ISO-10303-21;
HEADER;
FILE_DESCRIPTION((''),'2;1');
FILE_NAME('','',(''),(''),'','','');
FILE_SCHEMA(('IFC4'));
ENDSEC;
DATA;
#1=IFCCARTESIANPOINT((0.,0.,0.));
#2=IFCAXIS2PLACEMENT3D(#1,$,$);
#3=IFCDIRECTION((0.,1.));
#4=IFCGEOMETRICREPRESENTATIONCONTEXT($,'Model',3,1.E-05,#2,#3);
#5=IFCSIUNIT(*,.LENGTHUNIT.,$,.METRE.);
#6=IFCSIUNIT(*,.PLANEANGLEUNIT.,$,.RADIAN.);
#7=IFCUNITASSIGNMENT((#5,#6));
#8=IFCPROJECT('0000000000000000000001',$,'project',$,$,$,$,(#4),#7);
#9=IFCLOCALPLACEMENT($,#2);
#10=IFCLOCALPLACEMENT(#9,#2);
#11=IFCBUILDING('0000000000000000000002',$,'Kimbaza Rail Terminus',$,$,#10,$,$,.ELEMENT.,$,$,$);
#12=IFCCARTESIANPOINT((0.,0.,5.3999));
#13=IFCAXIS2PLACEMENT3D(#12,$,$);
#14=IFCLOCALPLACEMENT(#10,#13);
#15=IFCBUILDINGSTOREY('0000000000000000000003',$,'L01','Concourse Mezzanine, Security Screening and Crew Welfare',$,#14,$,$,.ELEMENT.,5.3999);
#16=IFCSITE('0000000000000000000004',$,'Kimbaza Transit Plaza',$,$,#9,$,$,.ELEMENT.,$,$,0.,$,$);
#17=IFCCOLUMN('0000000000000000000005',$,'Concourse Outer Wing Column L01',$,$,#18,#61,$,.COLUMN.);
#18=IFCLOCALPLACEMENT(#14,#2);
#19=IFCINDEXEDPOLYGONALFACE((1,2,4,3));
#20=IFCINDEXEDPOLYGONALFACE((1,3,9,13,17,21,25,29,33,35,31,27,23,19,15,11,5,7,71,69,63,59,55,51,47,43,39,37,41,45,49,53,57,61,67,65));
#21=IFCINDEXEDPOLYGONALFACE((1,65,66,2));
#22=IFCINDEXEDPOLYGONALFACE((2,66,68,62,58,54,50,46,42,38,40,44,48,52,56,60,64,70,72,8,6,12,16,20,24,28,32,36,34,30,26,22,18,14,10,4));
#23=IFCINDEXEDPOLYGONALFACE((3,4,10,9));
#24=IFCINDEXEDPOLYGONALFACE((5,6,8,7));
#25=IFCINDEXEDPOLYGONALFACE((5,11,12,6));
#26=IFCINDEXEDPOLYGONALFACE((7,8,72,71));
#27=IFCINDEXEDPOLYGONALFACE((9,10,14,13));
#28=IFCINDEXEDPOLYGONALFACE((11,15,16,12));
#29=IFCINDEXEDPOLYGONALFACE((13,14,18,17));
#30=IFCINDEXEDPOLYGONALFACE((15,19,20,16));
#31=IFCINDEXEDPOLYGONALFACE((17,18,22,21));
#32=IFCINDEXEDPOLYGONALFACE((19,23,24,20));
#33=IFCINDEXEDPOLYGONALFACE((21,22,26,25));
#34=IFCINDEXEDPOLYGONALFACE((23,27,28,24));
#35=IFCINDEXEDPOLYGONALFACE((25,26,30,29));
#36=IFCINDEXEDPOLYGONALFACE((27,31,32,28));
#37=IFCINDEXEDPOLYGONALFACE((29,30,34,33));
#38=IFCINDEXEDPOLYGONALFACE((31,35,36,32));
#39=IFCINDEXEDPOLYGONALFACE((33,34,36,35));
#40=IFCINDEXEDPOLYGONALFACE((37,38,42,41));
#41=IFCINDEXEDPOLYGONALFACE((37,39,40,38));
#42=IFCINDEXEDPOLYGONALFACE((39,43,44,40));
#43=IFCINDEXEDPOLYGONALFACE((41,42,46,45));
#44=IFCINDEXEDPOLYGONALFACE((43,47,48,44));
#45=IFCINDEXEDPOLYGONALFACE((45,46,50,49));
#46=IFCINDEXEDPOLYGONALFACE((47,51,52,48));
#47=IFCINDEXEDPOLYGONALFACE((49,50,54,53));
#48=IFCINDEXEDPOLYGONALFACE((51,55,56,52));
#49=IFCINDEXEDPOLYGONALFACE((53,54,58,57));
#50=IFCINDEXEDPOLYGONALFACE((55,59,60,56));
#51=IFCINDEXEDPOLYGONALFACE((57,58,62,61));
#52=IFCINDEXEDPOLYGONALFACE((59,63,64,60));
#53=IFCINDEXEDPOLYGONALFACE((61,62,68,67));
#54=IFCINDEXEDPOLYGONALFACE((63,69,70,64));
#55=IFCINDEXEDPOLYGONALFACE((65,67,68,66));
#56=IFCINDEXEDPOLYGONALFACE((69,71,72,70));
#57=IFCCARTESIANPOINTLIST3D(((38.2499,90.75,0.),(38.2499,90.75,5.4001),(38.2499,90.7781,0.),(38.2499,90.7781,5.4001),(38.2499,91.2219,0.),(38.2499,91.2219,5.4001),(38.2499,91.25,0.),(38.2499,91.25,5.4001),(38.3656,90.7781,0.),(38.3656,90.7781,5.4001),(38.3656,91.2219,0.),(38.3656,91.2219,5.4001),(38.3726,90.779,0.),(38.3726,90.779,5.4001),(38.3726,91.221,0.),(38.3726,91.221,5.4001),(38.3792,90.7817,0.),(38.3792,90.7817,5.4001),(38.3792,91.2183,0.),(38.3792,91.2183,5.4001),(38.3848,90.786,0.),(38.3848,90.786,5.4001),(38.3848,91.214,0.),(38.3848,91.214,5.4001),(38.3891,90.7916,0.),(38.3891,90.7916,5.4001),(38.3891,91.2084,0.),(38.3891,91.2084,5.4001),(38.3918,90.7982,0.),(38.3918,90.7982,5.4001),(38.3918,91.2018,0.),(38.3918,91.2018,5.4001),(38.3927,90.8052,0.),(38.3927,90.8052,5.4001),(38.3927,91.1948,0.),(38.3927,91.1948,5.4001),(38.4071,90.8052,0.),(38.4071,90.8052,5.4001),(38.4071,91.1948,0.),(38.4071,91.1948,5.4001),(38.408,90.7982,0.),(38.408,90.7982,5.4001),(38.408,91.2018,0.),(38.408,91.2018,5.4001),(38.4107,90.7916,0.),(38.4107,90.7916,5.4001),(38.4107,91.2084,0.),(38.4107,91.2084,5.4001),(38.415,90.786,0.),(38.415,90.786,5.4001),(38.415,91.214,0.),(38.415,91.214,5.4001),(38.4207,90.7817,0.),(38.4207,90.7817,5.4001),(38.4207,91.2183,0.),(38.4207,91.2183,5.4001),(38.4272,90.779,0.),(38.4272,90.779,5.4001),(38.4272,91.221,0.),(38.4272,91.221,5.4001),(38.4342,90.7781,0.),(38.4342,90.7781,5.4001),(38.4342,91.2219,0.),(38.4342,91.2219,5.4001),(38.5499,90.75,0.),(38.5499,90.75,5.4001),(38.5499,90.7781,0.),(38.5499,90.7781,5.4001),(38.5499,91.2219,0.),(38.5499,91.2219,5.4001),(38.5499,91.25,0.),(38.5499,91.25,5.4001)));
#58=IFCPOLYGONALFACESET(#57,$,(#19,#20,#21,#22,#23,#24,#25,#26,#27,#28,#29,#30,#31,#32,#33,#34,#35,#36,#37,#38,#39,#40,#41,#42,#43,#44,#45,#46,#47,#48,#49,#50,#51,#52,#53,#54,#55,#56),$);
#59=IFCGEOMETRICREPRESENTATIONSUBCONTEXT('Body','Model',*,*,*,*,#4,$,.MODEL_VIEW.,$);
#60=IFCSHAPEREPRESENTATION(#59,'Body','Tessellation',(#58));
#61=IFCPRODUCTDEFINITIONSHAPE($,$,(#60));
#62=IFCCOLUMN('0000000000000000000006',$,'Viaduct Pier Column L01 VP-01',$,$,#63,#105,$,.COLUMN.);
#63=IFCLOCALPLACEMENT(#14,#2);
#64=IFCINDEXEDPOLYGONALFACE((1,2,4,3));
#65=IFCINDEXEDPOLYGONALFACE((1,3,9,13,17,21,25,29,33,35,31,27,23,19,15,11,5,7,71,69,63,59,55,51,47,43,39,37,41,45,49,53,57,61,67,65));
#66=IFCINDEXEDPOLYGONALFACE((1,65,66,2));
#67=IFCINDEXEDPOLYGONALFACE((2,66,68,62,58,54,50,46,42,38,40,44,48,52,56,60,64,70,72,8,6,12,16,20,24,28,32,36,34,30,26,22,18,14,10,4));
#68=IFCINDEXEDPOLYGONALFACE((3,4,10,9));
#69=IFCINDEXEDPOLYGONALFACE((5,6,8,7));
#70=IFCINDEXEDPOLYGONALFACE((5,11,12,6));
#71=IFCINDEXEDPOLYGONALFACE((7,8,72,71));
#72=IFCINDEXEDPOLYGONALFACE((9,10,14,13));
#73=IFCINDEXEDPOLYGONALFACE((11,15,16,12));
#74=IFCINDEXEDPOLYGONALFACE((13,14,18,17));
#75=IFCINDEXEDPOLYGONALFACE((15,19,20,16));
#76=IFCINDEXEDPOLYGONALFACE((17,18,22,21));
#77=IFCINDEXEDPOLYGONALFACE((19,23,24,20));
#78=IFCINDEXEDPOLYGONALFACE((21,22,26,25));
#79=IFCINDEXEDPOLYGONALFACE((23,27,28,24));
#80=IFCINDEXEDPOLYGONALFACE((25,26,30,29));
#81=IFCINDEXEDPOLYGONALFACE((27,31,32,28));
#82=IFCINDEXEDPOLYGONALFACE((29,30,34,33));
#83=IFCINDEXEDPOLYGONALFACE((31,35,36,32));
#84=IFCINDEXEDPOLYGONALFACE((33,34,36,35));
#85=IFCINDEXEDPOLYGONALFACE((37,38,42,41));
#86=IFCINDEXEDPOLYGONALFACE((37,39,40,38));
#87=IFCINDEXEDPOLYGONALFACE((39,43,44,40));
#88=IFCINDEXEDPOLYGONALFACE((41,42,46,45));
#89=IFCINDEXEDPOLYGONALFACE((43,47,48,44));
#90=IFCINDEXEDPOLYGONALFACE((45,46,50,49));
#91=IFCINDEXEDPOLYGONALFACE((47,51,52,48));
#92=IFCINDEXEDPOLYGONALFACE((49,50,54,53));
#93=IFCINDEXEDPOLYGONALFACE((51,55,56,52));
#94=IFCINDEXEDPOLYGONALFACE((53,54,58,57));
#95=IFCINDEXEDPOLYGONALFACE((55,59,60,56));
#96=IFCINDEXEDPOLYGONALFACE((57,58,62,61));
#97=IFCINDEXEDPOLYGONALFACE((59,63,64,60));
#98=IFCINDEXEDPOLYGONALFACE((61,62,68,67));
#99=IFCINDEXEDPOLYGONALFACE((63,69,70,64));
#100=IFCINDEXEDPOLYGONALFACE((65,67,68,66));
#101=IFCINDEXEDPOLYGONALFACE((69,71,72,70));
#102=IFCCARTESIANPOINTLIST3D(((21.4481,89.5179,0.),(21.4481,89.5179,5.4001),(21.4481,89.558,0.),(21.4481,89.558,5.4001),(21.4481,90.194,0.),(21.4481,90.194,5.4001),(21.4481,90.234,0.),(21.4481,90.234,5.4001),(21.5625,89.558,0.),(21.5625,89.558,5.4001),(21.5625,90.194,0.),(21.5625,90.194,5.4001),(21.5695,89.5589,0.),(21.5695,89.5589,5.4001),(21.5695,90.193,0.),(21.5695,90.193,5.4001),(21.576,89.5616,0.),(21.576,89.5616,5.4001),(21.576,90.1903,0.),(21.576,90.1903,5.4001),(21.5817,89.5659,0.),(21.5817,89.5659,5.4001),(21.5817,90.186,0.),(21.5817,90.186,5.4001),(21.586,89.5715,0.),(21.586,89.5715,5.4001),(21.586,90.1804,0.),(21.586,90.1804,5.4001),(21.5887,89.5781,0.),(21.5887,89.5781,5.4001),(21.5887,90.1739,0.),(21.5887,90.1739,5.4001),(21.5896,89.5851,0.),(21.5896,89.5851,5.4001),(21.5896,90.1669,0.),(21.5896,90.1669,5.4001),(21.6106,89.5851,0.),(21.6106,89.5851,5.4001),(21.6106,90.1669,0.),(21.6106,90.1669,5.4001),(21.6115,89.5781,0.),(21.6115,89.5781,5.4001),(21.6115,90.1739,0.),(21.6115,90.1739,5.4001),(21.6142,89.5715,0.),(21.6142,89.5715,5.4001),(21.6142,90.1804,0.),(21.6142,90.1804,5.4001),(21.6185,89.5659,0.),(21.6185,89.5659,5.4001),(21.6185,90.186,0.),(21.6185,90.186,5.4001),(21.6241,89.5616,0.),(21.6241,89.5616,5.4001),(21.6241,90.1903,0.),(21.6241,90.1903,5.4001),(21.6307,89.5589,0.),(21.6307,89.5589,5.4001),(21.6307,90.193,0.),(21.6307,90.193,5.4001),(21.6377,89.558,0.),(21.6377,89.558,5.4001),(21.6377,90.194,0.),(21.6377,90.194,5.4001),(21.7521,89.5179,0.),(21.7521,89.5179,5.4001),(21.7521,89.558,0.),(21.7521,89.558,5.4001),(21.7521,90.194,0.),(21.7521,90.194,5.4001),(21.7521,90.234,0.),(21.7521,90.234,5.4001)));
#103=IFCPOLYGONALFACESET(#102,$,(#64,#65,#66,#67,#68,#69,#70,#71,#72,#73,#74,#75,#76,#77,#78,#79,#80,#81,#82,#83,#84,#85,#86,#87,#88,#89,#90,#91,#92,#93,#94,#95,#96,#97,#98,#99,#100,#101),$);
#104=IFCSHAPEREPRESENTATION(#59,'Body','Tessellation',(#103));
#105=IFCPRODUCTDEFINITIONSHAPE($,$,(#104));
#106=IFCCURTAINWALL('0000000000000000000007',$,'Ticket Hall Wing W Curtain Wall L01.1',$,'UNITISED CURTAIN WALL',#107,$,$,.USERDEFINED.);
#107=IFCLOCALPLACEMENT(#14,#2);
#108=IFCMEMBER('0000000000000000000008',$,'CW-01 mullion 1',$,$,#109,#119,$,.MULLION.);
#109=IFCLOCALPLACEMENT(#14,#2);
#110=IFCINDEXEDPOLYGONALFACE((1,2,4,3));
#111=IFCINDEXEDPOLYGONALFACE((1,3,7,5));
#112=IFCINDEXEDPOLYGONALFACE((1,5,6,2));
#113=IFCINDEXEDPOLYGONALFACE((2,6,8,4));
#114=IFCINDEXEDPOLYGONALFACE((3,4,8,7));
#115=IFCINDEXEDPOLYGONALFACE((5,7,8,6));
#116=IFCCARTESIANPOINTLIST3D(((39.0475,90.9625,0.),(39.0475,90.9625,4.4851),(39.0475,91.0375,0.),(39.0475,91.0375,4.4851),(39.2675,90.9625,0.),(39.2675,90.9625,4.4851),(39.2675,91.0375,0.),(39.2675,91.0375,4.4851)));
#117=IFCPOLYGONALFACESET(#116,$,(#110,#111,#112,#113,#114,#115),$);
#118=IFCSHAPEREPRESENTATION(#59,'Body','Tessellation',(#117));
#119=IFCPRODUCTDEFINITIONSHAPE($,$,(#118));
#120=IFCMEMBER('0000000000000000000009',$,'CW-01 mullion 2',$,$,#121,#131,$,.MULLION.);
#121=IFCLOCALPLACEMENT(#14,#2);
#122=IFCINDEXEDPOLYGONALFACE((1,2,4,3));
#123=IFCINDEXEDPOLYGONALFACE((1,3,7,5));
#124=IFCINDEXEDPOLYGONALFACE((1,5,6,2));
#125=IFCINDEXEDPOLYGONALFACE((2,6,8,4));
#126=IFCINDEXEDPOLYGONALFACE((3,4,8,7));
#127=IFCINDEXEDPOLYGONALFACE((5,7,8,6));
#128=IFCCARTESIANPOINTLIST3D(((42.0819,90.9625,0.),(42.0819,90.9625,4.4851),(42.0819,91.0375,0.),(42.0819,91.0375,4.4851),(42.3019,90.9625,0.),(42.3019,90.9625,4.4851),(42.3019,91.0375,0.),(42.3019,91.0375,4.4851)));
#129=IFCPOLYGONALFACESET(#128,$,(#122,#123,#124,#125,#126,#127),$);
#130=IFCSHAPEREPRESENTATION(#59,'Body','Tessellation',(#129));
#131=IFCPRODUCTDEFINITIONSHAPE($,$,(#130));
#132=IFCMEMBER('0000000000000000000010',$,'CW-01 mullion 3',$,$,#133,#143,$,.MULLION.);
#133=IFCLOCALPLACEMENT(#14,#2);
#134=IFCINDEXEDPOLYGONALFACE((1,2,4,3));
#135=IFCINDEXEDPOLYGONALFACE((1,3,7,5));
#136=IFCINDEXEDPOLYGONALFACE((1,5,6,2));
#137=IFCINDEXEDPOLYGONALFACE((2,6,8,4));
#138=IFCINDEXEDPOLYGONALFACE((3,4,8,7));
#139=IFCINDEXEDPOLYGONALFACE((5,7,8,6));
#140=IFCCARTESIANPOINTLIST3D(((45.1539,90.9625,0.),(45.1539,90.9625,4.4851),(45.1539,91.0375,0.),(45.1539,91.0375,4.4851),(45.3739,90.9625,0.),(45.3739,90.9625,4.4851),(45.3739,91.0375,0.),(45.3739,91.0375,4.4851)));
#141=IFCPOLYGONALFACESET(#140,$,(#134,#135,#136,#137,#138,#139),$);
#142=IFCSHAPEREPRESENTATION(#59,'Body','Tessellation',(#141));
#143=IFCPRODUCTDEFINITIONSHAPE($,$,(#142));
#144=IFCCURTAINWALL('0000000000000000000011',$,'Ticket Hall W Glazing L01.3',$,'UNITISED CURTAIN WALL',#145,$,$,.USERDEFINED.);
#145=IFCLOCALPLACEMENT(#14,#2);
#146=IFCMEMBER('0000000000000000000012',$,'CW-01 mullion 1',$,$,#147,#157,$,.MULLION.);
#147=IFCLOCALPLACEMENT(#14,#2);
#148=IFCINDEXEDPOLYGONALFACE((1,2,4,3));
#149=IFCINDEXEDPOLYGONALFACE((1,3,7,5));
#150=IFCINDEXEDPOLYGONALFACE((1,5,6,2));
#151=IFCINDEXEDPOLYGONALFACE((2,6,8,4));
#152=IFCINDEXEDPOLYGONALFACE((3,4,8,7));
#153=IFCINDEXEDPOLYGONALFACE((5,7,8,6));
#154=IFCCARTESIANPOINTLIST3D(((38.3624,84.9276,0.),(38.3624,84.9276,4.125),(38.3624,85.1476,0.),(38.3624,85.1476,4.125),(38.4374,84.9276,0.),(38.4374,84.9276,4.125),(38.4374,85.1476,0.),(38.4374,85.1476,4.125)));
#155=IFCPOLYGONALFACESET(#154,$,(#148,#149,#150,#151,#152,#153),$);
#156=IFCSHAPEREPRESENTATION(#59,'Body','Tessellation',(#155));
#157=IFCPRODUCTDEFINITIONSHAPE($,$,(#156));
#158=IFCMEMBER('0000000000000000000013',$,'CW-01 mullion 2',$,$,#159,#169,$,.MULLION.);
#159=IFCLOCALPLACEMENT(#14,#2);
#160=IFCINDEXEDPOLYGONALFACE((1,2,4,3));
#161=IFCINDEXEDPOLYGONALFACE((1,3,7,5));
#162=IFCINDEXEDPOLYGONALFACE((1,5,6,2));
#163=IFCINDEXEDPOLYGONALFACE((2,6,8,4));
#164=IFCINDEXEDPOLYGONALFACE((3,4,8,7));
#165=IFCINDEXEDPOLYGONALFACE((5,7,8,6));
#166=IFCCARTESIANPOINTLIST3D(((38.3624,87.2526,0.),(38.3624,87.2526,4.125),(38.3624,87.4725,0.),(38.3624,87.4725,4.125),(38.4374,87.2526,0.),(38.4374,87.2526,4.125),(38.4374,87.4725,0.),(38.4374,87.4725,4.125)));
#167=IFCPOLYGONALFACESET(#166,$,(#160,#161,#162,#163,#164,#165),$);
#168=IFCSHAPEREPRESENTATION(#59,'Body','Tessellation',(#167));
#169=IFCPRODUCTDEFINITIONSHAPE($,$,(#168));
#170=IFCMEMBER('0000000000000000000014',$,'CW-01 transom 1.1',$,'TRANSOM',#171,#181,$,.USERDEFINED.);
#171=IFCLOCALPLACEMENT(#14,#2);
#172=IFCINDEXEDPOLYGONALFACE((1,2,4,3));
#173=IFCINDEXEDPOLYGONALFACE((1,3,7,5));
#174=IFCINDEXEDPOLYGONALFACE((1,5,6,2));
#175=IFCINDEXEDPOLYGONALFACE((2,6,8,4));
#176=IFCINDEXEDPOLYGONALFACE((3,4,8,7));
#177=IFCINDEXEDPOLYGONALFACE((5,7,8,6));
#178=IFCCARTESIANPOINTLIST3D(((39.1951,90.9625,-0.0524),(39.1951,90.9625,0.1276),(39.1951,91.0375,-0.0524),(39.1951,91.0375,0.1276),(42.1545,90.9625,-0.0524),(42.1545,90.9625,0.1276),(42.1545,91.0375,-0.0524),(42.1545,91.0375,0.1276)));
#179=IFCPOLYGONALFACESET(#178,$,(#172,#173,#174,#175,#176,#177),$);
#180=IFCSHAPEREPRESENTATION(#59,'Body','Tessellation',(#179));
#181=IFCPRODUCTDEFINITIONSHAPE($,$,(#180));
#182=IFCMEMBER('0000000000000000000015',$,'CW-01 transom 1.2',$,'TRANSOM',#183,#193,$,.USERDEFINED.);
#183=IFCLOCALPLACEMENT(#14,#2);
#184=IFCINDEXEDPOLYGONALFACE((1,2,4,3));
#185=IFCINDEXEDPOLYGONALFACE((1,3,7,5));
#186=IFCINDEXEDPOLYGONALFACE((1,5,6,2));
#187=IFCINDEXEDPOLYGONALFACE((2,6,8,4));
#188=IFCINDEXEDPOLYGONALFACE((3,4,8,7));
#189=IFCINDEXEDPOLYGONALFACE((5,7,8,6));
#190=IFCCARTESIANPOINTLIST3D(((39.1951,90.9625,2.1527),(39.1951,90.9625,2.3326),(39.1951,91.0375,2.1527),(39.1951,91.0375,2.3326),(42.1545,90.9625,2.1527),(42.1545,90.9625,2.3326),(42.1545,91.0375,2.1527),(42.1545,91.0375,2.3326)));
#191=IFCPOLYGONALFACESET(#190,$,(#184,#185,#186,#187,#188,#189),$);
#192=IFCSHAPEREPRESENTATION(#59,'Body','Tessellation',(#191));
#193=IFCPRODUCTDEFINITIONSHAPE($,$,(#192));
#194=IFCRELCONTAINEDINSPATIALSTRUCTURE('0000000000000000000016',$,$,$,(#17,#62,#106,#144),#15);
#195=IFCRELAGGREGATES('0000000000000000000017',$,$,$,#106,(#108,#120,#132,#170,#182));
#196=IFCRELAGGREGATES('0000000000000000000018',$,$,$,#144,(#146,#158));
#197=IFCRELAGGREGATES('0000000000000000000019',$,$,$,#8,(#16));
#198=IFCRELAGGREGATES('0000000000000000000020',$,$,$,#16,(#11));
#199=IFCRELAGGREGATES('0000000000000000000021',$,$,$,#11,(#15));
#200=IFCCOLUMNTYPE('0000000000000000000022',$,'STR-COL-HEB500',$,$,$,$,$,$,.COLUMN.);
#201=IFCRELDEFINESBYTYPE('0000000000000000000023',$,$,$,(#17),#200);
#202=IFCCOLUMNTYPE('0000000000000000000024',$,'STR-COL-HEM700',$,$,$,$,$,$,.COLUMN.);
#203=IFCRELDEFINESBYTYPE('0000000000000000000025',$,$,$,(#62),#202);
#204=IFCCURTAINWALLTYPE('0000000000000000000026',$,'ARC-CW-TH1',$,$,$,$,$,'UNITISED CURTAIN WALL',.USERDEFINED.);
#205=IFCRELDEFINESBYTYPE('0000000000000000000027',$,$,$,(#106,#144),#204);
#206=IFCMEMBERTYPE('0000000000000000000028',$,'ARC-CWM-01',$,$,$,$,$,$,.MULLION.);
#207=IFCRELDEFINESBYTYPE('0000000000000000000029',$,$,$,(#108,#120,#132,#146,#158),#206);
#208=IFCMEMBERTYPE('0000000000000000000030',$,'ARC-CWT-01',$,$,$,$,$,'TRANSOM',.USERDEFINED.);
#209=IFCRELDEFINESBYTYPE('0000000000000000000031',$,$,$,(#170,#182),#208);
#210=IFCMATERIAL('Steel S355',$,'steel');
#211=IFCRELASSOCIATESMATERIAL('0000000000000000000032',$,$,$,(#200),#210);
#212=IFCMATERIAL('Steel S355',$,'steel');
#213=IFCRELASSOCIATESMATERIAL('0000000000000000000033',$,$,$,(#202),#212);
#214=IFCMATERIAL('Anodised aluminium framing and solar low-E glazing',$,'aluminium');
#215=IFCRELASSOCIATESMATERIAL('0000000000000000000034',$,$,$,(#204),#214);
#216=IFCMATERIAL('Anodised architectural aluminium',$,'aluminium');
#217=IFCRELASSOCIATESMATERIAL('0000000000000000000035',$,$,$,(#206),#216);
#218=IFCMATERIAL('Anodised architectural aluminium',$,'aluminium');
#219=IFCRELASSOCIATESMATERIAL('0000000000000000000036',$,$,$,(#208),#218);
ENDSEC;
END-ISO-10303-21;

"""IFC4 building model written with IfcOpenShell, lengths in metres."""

from ifc_helpers import new_model, si_unit, direction, frame, origin, origin_2d, place, context, subcontext, project, spatial, rectangle, i_section, extrude, material, material_profile, profile_set, type_object, element, aggregate, save


model = new_model("IFC4")

# Units and contexts
model_context = context("Model", 3, precision=1e-05, world=origin(), true_north=direction((0.0, 1.0)))
body_context = subcontext(model_context, "Body", "Model", "MODEL_VIEW")
ifc_project = project(units=[si_unit("LENGTHUNIT", "METRE"), si_unit("PLANEANGLEUNIT", "RADIAN")], contexts=[model_context])

# Site, building, storey
site_placement = place(None, origin())
site = spatial("IfcSite", under=ifc_project, at=site_placement, Name="Kimbaza Transit Plaza", CompositionType="ELEMENT", RefElevation=0.0)
building_placement = place(site_placement, origin())
building = spatial("IfcBuilding", under=site, at=building_placement, Name="Kimbaza Rail Terminus", CompositionType="ELEMENT")
storey_placement = place(building_placement, frame((0.0, 0.0, 5.3999)))
storey = spatial("IfcBuildingStorey", under=building, at=storey_placement, Name="L01", Description="Concourse Mezzanine, Security Screening and Crew Welfare", CompositionType="ELEMENT", Elevation=5.3999)

# Columns
ifc_material_1 = material(Name="Steel S355", Category="steel")
ifc_material_profile_1 = material_profile(ifc_material_1, i_section(OverallWidth=0.3, OverallDepth=0.5, WebThickness=0.0144, FlangeThickness=0.0281, FilletRadius=0.0271, at=origin_2d()), Name="HEB 500")
ifc_profile_set_1 = profile_set([ifc_material_profile_1], Name="Steel S355")
column_type_1 = type_object("IfcColumnType", Name="STR-COL-HEB500", PredefinedType="COLUMN", material=ifc_profile_set_1)
column_1_placement = place(storey_placement, frame((38.3999, 91.0, 0.0), z_axis=(0.0, 0.0, 1.0), x_axis=(1.0, 0.0, 0.0)))
element("IfcColumn", 1, at=column_1_placement, inside=storey, type_object=column_type_1, Name="Concourse Outer Wing Column L01", PredefinedType="COLUMN", context=body_context, shape_type="SweptSolid", body=[
    extrude(i_section(OverallWidth=0.3, OverallDepth=0.5, WebThickness=0.0144, FlangeThickness=0.0281, FilletRadius=0.0271, at=origin_2d()), origin(), (0.0, 0.0, 1.0), 5.4001),
])
ifc_material_2 = material(Name="Steel S355", Category="steel")
ifc_material_profile_2 = material_profile(ifc_material_2, i_section(OverallWidth=0.304, OverallDepth=0.7161, WebThickness=0.021, FlangeThickness=0.04, FilletRadius=0.0271, at=origin_2d()), Name="HEM 700")
ifc_profile_set_2 = profile_set([ifc_material_profile_2], Name="Steel S355")
column_type_2 = type_object("IfcColumnType", Name="STR-COL-HEM700", PredefinedType="COLUMN", material=ifc_profile_set_2)
column_2_placement = place(storey_placement, frame((21.6001, 89.876, 0.0), z_axis=(0.0, 0.0, 1.0), x_axis=(1.0, 0.0, 0.0)))
element("IfcColumn", 2, at=column_2_placement, inside=storey, type_object=column_type_2, Name="Viaduct Pier Column L01 VP-01", PredefinedType="COLUMN", context=body_context, shape_type="SweptSolid", body=[
    extrude(i_section(OverallWidth=0.304, OverallDepth=0.7161, WebThickness=0.021, FlangeThickness=0.04, FilletRadius=0.0271, at=origin_2d()), origin(), (0.0, 0.0, 1.0), 5.4001),
])

# Curtain walls, members
ifc_material_3 = material(Name="Anodised aluminium framing and solar low-E glazing", Category="aluminium")
curtain_wall_type = type_object("IfcCurtainWallType", Name="ARC-CW-TH1", ElementType="UNITISED CURTAIN WALL", PredefinedType="USERDEFINED", material=ifc_material_3)
curtain_wall_1_placement = place(storey_placement, origin())
curtain_wall_1 = element("IfcCurtainWall", 3, at=curtain_wall_1_placement, inside=storey, type_object=curtain_wall_type, Name="Ticket Hall Wing W Curtain Wall L01.1", ObjectType="UNITISED CURTAIN WALL", PredefinedType="USERDEFINED")
ifc_material_4 = material(Name="Anodised architectural aluminium", Category="aluminium")
ifc_material_profile_3 = material_profile(ifc_material_4, rectangle(XDim=0.075, YDim=0.22, at=origin_2d()), Name="MULLION 75x220")
ifc_profile_set_3 = profile_set([ifc_material_profile_3], Name="Anodised architectural aluminium")
member_type_1 = type_object("IfcMemberType", Name="ARC-CWM-01", PredefinedType="MULLION", material=ifc_profile_set_3)
member_1_placement = place(storey_placement, frame((39.1575, 91.0, 0.0), z_axis=(0.0, 0.0, 1.0), x_axis=(0.0, 1.0, 0.0)))
member_1 = element("IfcMember", 4, at=member_1_placement, type_object=member_type_1, Name="CW-01 mullion 1", PredefinedType="MULLION", context=body_context, shape_type="SweptSolid", body=[
    extrude(rectangle(XDim=0.075, YDim=0.22, at=origin_2d()), origin(), (0.0, 0.0, 1.0), 4.4851),
])
member_2_placement = place(storey_placement, frame((42.1919, 91.0, 0.0), z_axis=(0.0, 0.0, 1.0), x_axis=(0.0, 1.0, 0.0)))
member_2 = element("IfcMember", 5, at=member_2_placement, type_object=member_type_1, Name="CW-01 mullion 2", PredefinedType="MULLION", context=body_context, shape_type="SweptSolid", body=[
    extrude(rectangle(XDim=0.075, YDim=0.22, at=origin_2d()), origin(), (0.0, 0.0, 1.0), 4.4851),
])
member_3_placement = place(storey_placement, frame((45.2639, 91.0, 0.0), z_axis=(0.0, 0.0, 1.0), x_axis=(0.0, 1.0, 0.0)))
member_3 = element("IfcMember", 6, at=member_3_placement, type_object=member_type_1, Name="CW-01 mullion 3", PredefinedType="MULLION", context=body_context, shape_type="SweptSolid", body=[
    extrude(rectangle(XDim=0.075, YDim=0.22, at=origin_2d()), origin(), (0.0, 0.0, 1.0), 4.4851),
])
curtain_wall_2_placement = place(storey_placement, origin())
curtain_wall_2 = element("IfcCurtainWall", 7, at=curtain_wall_2_placement, inside=storey, type_object=curtain_wall_type, Name="Ticket Hall W Glazing L01.3", ObjectType="UNITISED CURTAIN WALL", PredefinedType="USERDEFINED")
member_4_placement = place(storey_placement, frame((38.3999, 85.0376, 0.0), z_axis=(0.0, 0.0, 1.0), x_axis=(-1.0, 0.0, 0.0)))
member_4 = element("IfcMember", 8, at=member_4_placement, type_object=member_type_1, Name="CW-01 mullion 1", PredefinedType="MULLION", context=body_context, shape_type="SweptSolid", body=[
    extrude(rectangle(XDim=0.075, YDim=0.22, at=origin_2d()), origin(), (0.0, 0.0, 1.0), 4.125),
])
member_5_placement = place(storey_placement, frame((38.3999, 87.3625, 0.0), z_axis=(0.0, 0.0, 1.0), x_axis=(-1.0, 0.0, 0.0)))
member_5 = element("IfcMember", 9, at=member_5_placement, type_object=member_type_1, Name="CW-01 mullion 2", PredefinedType="MULLION", context=body_context, shape_type="SweptSolid", body=[
    extrude(rectangle(XDim=0.075, YDim=0.22, at=origin_2d()), origin(), (0.0, 0.0, 1.0), 4.125),
])

# Members
ifc_material_5 = material(Name="Anodised architectural aluminium", Category="aluminium")
ifc_material_profile_4 = material_profile(ifc_material_5, rectangle(XDim=0.075, YDim=0.1799, at=origin_2d()), Name="TRANSOM 75x180")
ifc_profile_set_4 = profile_set([ifc_material_profile_4], Name="Anodised architectural aluminium")
member_type_2 = type_object("IfcMemberType", Name="ARC-CWT-01", ElementType="TRANSOM", PredefinedType="USERDEFINED", material=ifc_profile_set_4)
member_6_placement = place(storey_placement, frame((39.1951, 91.0, 0.0376), z_axis=(1.0, 0.0, 0.0), x_axis=(0.0, 1.0, 0.0)))
member_6 = element("IfcMember", 10, at=member_6_placement, type_object=member_type_2, Name="CW-01 transom 1.1", ObjectType="TRANSOM", PredefinedType="USERDEFINED", context=body_context, shape_type="SweptSolid", body=[
    extrude(rectangle(XDim=0.075, YDim=0.1799, at=origin_2d()), origin(), (0.0, 0.0, 1.0), 2.9595),
])
member_7_placement = place(storey_placement, frame((39.1951, 91.0, 2.2427), z_axis=(1.0, 0.0, 0.0), x_axis=(0.0, 1.0, 0.0)))
member_7 = element("IfcMember", 11, at=member_7_placement, type_object=member_type_2, Name="CW-01 transom 1.2", ObjectType="TRANSOM", PredefinedType="USERDEFINED", context=body_context, shape_type="SweptSolid", body=[
    extrude(rectangle(XDim=0.075, YDim=0.1799, at=origin_2d()), origin(), (0.0, 0.0, 1.0), 2.9595),
])

aggregate(curtain_wall_1, [member_1, member_2, member_3, member_6, member_7])
aggregate(curtain_wall_2, [member_4, member_5])

save(model, "model.ifc")
